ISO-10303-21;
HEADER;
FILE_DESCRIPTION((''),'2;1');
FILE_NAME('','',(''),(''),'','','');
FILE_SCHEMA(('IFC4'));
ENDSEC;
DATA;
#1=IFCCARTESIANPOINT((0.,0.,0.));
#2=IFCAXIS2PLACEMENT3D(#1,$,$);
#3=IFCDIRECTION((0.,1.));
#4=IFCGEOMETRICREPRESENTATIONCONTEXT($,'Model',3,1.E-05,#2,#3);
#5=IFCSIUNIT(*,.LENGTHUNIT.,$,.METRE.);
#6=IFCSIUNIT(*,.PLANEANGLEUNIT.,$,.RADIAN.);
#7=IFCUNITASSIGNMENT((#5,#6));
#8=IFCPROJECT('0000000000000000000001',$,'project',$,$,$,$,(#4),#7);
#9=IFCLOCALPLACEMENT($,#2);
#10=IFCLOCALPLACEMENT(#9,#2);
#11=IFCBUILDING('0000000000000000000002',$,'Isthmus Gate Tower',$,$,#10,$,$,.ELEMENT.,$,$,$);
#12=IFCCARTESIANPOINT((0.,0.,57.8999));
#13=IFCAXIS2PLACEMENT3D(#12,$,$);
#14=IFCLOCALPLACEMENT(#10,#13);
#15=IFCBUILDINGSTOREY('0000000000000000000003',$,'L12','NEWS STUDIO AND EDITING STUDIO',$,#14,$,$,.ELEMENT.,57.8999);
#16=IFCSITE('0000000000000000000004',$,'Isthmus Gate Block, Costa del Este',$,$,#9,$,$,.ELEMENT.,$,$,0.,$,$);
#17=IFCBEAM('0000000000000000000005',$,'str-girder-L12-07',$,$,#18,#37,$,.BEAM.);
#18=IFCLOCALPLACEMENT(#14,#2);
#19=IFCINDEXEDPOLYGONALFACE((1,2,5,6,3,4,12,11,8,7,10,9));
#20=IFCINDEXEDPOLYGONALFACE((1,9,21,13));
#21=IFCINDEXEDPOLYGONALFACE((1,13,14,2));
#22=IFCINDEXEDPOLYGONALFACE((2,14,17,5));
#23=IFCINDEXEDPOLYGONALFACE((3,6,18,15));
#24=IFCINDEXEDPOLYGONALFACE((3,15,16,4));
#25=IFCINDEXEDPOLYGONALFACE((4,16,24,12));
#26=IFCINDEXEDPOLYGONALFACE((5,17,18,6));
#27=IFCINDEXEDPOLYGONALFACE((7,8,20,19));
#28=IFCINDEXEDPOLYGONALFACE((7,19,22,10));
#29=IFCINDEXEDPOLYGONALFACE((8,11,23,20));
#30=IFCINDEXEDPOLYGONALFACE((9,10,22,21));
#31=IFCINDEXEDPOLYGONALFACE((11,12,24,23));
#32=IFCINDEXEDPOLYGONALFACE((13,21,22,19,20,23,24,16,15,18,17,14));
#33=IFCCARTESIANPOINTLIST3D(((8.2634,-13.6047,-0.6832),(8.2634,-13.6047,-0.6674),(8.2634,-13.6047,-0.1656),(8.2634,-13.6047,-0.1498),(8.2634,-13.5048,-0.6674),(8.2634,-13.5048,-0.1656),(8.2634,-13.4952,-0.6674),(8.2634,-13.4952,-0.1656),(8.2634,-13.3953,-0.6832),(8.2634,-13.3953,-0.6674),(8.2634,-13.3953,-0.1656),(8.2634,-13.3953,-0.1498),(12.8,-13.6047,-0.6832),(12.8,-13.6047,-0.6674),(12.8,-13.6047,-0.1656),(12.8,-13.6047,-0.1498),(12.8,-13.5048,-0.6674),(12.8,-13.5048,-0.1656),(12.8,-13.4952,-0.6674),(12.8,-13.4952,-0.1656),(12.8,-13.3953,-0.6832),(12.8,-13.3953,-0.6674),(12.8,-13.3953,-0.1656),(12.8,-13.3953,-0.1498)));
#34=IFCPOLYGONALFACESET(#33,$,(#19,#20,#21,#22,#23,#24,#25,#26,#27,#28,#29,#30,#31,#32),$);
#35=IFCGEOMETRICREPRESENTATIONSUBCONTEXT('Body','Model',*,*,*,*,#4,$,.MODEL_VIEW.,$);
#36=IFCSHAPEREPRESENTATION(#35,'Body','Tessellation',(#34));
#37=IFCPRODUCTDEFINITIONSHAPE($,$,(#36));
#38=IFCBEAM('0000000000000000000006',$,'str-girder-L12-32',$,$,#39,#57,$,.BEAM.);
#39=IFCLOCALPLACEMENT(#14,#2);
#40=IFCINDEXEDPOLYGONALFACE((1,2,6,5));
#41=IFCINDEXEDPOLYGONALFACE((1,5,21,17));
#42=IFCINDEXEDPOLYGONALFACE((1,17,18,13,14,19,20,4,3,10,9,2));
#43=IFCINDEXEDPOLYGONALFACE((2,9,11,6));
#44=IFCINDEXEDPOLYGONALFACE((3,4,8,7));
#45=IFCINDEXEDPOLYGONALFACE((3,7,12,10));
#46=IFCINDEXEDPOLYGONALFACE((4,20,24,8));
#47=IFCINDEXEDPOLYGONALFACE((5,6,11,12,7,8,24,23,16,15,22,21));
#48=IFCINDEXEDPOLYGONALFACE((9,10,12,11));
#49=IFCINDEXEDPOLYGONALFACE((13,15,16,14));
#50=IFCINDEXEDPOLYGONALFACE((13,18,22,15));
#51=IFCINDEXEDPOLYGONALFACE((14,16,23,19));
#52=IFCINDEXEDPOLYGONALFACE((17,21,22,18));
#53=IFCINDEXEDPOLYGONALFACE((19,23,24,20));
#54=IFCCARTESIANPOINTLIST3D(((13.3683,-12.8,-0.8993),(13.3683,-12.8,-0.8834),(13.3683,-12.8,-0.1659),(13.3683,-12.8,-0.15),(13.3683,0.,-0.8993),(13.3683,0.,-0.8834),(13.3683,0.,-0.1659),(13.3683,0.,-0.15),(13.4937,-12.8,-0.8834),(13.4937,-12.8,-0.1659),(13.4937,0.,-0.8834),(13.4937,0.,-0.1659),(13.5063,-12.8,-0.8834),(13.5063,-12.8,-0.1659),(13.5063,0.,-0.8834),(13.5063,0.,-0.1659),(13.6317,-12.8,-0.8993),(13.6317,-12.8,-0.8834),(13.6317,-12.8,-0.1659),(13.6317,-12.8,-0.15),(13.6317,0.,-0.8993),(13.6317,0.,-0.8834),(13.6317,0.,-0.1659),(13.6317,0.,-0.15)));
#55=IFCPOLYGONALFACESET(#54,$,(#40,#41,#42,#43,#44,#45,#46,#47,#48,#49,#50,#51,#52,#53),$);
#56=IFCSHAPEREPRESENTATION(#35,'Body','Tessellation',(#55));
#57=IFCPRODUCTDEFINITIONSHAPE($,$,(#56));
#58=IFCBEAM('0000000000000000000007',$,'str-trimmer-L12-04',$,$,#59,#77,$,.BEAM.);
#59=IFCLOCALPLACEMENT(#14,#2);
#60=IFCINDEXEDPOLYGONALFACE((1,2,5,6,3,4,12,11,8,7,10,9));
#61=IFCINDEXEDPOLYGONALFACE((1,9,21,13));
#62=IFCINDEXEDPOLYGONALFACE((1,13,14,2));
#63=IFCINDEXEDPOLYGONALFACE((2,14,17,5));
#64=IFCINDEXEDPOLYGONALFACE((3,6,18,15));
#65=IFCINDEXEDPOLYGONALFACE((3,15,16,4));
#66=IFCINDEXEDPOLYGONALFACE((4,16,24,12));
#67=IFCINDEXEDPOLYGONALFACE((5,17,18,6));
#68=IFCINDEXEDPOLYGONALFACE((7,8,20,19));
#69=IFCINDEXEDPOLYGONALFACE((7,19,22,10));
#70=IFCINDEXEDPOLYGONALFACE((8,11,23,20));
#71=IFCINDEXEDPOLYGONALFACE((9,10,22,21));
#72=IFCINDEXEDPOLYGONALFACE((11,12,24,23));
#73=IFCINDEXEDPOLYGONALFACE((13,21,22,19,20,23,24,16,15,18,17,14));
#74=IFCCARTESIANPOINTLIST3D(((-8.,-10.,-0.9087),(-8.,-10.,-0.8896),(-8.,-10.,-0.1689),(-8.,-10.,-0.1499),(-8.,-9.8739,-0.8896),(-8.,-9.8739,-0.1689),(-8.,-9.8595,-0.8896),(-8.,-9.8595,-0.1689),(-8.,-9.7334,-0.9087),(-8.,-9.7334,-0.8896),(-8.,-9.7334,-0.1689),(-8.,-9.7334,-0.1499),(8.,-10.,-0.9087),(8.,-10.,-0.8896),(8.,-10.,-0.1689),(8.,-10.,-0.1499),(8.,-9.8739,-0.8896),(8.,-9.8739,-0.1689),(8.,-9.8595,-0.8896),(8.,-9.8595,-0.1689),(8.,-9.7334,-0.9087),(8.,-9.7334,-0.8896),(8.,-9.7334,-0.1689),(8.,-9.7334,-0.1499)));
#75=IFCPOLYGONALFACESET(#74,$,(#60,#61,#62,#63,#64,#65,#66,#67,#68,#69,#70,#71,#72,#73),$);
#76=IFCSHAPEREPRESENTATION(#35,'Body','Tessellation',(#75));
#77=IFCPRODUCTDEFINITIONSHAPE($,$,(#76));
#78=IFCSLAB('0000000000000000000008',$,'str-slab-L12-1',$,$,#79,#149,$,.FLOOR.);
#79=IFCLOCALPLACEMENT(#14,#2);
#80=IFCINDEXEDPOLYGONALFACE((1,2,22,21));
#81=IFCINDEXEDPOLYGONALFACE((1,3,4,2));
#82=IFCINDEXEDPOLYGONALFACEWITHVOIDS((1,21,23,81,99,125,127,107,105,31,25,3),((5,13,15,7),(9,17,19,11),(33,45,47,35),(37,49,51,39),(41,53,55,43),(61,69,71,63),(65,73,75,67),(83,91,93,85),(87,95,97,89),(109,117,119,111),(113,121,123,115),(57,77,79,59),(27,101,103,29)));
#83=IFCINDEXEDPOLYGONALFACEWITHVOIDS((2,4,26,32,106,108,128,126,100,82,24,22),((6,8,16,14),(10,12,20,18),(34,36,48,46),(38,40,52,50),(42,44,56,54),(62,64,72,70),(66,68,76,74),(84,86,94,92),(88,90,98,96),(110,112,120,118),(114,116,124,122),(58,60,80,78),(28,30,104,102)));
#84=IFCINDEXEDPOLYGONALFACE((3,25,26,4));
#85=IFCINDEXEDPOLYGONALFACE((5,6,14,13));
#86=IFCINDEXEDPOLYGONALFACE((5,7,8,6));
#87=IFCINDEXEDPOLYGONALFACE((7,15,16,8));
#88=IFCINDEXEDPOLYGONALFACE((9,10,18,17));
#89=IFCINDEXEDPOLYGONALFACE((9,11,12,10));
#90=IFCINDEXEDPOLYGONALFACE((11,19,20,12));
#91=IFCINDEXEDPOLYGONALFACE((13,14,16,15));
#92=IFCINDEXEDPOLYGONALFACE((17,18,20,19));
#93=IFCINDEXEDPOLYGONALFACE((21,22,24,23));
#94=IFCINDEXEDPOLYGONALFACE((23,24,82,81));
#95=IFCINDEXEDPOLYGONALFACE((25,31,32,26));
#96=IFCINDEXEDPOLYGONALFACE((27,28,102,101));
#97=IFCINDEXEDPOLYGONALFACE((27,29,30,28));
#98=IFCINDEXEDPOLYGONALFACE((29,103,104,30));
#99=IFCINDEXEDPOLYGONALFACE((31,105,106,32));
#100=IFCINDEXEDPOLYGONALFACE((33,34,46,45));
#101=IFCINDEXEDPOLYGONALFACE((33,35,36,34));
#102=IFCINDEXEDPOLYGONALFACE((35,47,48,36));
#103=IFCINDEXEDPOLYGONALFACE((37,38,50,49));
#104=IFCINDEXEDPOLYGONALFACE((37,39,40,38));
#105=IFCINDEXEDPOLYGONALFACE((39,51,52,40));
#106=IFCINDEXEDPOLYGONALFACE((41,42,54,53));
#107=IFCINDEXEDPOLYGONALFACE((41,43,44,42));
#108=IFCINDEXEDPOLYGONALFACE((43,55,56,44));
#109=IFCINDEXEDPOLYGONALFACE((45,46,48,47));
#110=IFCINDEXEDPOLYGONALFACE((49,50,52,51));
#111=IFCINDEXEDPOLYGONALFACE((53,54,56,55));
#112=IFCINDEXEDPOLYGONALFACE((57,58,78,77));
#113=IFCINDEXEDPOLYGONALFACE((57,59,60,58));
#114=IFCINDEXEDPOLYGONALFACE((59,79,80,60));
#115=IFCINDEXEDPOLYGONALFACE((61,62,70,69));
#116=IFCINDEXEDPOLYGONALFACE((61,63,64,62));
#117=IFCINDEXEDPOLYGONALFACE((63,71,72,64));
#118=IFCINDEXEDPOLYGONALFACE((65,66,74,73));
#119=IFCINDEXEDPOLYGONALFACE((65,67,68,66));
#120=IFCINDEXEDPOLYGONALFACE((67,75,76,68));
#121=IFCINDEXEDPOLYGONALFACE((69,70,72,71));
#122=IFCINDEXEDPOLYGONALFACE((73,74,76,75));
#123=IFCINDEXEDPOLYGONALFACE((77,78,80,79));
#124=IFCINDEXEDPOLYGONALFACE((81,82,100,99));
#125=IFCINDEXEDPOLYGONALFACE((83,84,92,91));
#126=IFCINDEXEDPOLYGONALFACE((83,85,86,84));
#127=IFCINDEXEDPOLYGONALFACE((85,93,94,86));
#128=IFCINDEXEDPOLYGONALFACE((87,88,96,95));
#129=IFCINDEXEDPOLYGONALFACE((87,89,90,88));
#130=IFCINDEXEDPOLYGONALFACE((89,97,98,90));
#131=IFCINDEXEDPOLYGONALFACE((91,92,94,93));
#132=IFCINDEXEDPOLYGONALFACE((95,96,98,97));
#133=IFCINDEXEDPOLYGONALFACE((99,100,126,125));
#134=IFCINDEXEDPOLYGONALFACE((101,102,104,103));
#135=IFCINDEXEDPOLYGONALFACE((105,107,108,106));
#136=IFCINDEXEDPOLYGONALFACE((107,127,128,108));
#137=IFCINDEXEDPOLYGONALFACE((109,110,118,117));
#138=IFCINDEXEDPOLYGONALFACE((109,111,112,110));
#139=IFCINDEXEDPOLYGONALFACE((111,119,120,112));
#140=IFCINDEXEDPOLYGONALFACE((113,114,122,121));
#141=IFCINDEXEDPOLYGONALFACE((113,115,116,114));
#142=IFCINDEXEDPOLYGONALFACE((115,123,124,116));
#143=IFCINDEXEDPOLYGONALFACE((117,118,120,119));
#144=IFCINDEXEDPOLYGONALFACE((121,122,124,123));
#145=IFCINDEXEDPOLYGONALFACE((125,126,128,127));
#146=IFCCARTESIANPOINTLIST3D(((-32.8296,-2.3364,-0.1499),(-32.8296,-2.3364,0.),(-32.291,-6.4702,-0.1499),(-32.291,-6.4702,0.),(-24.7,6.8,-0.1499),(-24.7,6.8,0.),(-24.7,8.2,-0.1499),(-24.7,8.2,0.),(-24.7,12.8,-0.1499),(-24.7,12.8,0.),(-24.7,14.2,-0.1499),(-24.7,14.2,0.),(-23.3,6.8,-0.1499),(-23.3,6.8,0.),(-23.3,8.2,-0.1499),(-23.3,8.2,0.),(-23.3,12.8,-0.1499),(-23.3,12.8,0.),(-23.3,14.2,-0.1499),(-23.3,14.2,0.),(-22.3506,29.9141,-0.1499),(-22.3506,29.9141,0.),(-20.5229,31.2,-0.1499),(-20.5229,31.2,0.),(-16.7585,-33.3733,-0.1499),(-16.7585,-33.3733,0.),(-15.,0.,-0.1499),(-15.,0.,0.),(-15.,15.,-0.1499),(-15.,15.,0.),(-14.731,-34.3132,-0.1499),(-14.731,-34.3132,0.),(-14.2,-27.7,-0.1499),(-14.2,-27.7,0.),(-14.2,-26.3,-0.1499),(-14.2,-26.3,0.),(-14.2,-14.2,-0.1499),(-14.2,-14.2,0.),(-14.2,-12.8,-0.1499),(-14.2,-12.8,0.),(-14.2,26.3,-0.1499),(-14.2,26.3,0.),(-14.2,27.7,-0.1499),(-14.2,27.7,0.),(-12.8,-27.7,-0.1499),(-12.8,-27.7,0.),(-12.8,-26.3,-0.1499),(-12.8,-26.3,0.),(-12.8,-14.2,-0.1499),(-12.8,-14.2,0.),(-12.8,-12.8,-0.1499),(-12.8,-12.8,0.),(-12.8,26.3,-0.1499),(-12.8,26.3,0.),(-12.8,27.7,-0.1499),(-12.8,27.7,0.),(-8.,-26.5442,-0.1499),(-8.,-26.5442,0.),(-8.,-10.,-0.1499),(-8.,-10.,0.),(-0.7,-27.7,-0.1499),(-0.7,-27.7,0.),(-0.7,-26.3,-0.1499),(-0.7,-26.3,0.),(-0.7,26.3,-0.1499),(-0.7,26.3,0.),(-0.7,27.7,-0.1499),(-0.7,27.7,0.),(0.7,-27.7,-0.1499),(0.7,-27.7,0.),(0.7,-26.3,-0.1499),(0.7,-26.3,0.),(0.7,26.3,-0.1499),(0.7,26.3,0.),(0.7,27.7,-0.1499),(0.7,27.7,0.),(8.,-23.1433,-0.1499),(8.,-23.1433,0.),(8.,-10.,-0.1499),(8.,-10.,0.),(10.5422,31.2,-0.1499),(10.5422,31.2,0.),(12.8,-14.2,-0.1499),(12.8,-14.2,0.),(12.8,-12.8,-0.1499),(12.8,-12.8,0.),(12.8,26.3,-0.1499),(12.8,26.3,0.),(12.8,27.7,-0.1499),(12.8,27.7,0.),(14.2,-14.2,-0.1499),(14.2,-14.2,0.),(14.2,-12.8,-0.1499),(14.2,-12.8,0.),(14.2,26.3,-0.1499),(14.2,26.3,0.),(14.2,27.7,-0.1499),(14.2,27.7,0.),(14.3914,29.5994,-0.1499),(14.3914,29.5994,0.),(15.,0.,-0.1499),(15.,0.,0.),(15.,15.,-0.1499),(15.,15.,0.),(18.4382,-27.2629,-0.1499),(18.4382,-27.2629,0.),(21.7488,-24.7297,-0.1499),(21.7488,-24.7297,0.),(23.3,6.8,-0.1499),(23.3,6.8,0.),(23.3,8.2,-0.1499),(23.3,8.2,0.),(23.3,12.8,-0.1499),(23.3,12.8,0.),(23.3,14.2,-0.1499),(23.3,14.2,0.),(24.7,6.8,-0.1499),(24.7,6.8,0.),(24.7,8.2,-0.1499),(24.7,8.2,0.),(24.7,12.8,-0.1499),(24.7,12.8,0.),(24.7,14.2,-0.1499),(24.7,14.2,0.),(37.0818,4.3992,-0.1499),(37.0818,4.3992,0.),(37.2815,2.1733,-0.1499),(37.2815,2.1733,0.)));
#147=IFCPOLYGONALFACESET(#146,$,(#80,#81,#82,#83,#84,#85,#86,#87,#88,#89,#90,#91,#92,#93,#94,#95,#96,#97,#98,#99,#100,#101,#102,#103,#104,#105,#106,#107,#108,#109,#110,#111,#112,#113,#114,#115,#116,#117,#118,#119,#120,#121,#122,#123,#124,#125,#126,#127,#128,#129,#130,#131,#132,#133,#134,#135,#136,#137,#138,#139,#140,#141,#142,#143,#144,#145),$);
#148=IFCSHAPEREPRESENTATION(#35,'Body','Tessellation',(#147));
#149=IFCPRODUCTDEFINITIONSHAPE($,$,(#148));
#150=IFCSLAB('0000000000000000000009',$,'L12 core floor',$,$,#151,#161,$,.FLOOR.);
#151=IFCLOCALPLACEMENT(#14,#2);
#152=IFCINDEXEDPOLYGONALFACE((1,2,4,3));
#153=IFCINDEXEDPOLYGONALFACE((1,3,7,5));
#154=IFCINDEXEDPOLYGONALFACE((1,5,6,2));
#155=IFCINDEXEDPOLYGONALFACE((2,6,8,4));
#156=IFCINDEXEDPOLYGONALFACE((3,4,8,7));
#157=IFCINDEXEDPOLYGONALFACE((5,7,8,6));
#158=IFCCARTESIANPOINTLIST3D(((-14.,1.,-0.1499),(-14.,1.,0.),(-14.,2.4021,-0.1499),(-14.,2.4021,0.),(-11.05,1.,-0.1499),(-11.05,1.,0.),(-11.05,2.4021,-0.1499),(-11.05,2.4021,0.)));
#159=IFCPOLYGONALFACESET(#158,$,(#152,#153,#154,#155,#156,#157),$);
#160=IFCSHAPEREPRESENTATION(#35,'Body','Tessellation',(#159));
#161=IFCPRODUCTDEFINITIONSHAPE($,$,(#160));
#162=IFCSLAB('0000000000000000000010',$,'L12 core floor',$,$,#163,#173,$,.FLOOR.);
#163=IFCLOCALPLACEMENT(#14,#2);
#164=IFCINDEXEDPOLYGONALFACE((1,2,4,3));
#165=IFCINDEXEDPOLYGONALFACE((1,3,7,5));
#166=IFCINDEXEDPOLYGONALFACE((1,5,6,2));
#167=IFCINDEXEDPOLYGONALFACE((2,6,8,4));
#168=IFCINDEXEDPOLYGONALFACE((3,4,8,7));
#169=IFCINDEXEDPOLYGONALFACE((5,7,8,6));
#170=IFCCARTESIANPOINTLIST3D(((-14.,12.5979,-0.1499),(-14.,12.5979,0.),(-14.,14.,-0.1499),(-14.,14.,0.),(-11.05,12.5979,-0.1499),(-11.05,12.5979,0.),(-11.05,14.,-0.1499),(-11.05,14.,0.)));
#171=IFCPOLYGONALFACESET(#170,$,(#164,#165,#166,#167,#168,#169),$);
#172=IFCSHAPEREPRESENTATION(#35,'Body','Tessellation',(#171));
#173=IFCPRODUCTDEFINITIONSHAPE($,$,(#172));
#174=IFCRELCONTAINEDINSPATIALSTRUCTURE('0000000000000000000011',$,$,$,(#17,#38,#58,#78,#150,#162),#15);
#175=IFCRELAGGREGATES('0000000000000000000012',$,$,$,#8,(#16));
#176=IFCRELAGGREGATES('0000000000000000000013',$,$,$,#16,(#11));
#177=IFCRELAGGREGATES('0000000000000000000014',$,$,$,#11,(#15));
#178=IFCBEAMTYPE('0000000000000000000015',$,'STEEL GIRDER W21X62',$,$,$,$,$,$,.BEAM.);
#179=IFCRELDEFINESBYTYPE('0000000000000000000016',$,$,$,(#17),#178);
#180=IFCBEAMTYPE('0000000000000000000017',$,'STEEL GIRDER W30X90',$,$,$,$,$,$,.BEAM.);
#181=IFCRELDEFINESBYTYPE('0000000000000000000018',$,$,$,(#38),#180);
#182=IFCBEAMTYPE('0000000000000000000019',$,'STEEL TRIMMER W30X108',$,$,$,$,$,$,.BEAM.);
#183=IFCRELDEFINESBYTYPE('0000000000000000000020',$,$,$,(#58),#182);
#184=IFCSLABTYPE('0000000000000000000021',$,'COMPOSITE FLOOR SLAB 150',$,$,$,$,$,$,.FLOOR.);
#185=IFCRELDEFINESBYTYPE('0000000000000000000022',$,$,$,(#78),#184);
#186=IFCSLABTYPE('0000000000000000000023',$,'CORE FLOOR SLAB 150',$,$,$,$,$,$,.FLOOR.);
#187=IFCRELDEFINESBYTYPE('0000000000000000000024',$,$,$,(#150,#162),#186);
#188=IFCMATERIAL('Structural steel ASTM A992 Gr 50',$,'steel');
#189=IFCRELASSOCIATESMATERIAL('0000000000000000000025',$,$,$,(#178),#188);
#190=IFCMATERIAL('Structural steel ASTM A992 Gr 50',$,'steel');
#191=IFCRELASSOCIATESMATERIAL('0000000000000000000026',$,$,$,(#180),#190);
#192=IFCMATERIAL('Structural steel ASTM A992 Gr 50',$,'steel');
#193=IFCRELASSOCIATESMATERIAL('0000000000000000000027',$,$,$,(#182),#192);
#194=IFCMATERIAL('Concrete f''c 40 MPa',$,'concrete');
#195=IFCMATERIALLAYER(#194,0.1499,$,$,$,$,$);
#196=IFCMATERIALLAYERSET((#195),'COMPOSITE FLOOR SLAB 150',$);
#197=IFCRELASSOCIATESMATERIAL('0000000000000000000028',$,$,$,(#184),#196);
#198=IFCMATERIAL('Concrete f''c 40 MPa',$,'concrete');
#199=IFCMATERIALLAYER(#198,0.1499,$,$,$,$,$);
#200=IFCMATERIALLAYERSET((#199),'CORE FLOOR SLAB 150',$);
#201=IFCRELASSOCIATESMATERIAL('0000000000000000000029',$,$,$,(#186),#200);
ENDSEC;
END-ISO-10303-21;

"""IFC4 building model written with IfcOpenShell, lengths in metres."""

from ifc_helpers import new_model, si_unit, direction, frame, origin, origin_2d, place, context, subcontext, project, spatial, polyline, i_section, outline, extrude, material, layer, layer_set, material_profile, profile_set, type_object, element, save


model = new_model("IFC4")

# Units and contexts
model_context = context("Model", 3, precision=1e-05, world=origin(), true_north=direction((0.0, 1.0)))
body_context = subcontext(model_context, "Body", "Model", "MODEL_VIEW")
ifc_project = project(units=[si_unit("LENGTHUNIT", "METRE"), si_unit("PLANEANGLEUNIT", "RADIAN")], contexts=[model_context])

# Site, building, storey
site_placement = place(None, origin())
site = spatial("IfcSite", under=ifc_project, at=site_placement, Name="Isthmus Gate Block, Costa del Este", CompositionType="ELEMENT", RefElevation=0.0)
building_placement = place(site_placement, origin())
building = spatial("IfcBuilding", under=site, at=building_placement, Name="Isthmus Gate Tower", CompositionType="ELEMENT")
storey_placement = place(building_placement, frame((0.0, 0.0, 57.8999)))
storey = spatial("IfcBuildingStorey", under=building, at=storey_placement, Name="L12", Description="NEWS STUDIO AND EDITING STUDIO", CompositionType="ELEMENT", Elevation=57.8999)

# Beams
ifc_material_1 = material(Name="Structural steel ASTM A992 Gr 50", Category="steel")
ifc_material_profile_1 = material_profile(ifc_material_1, i_section(OverallWidth=0.2095, OverallDepth=0.5334, WebThickness=0.0095, FlangeThickness=0.0159, at=origin_2d()), Name="W21X62")
ifc_profile_set_1 = profile_set([ifc_material_profile_1], Name="Structural steel ASTM A992 Gr 50")
beam_type_1 = type_object("IfcBeamType", Name="STEEL GIRDER W21X62", PredefinedType="BEAM", material=ifc_profile_set_1)
beam_1_placement = place(storey_placement, frame((8.2634, -13.5, -0.4165), z_axis=(1.0, 0.0, 0.0), x_axis=(0.0, 1.0, 0.0)))
element("IfcBeam", 1, at=beam_1_placement, inside=storey, type_object=beam_type_1, Name="str-girder-L12-07", PredefinedType="BEAM", context=body_context, shape_type="SweptSolid", body=[
    extrude(i_section(OverallWidth=0.2095, OverallDepth=0.5334, WebThickness=0.0095, FlangeThickness=0.0159, at=origin_2d()), origin(), (0.0, 0.0, 1.0), 4.5366),
])
ifc_material_2 = material(Name="Structural steel ASTM A992 Gr 50", Category="steel")
ifc_material_profile_2 = material_profile(ifc_material_2, i_section(OverallWidth=0.2634, OverallDepth=0.7493, WebThickness=0.0127, FlangeThickness=0.0159, at=origin_2d()), Name="W30X90")
ifc_profile_set_2 = profile_set([ifc_material_profile_2], Name="Structural steel ASTM A992 Gr 50")
beam_type_2 = type_object("IfcBeamType", Name="STEEL GIRDER W30X90", PredefinedType="BEAM", material=ifc_profile_set_2)
beam_2_placement = place(storey_placement, frame((13.5, -12.8, -0.5247), z_axis=(0.0, 1.0, 0.0), x_axis=(-1.0, 0.0, 0.0)))
element("IfcBeam", 2, at=beam_2_placement, inside=storey, type_object=beam_type_2, Name="str-girder-L12-32", PredefinedType="BEAM", context=body_context, shape_type="SweptSolid", body=[
    extrude(i_section(OverallWidth=0.2634, OverallDepth=0.7493, WebThickness=0.0127, FlangeThickness=0.0159, at=origin_2d()), origin(), (0.0, 0.0, 1.0), 12.8),
])
ifc_material_3 = material(Name="Structural steel ASTM A992 Gr 50", Category="steel")
ifc_material_profile_3 = material_profile(ifc_material_3, i_section(OverallWidth=0.2666, OverallDepth=0.7588, WebThickness=0.0144, FlangeThickness=0.019, at=origin_2d()), Name="W30X108")
ifc_profile_set_3 = profile_set([ifc_material_profile_3], Name="Structural steel ASTM A992 Gr 50")
beam_type_3 = type_object("IfcBeamType", Name="STEEL TRIMMER W30X108", PredefinedType="BEAM", material=ifc_profile_set_3)
beam_3_placement = place(storey_placement, frame((8.0, -9.8667, -0.5293), z_axis=(-1.0, 0.0, 0.0), x_axis=(0.0, -1.0, 0.0)))
element("IfcBeam", 3, at=beam_3_placement, inside=storey, type_object=beam_type_3, Name="str-trimmer-L12-04", PredefinedType="BEAM", context=body_context, shape_type="SweptSolid", body=[
    extrude(i_section(OverallWidth=0.2666, OverallDepth=0.7588, WebThickness=0.0144, FlangeThickness=0.019, at=origin_2d()), origin(), (0.0, 0.0, 1.0), 16.0),
])

# Slabs
ifc_material_4 = material(Name="Concrete f'c 40 MPa", Category="concrete")
ifc_layer_1 = layer(ifc_material_4, 0.1499)
ifc_layer_set_1 = layer_set([ifc_layer_1], Name="COMPOSITE FLOOR SLAB 150")
slab_type_1 = type_object("IfcSlabType", Name="COMPOSITE FLOOR SLAB 150", PredefinedType="FLOOR", material=ifc_layer_set_1)
slab_1_placement = place(storey_placement, frame((0.0, 0.0, -0.1499)))
element("IfcSlab", 4, at=slab_1_placement, inside=storey, type_object=slab_type_1, Name="str-slab-L12-1", PredefinedType="FLOOR", context=body_context, shape_type="SweptSolid", body=[
    extrude(outline(polyline([(14.3914, 29.5994), (37.0818, 4.3992), (37.2815, 2.1733), (21.7488, -24.7297), (18.4382, -27.2629), (-14.731, -34.3132), (-16.7585, -33.3733), (-32.291, -6.4702), (-32.8296, -2.3364), (-22.3506, 29.9141), (-20.5229, 31.2), (10.5422, 31.2), (14.3914, 29.5994)]), holes=[polyline([(-14.2, -27.7), (-12.8, -27.7), (-12.8, -26.3), (-14.2, -26.3), (-14.2, -27.7)]), polyline([(-0.7, -26.3), (-0.7, -27.7), (0.7, -27.7), (0.7, -26.3), (-0.7, -26.3)]), polyline([(-14.2, -12.8), (-14.2, -14.2), (-12.8, -14.2), (-12.8, -12.8), (-14.2, -12.8)]), polyline([(-24.7, 8.2), (-24.7, 6.8), (-23.3, 6.8), (-23.3, 8.2), (-24.7, 8.2)]), polyline([(-23.3, 14.2), (-24.7, 14.2), (-24.7, 12.8), (-23.3, 12.8), (-23.3, 14.2)]), polyline([(-14.2, 27.7), (-14.2, 26.3), (-12.8, 26.3), (-12.8, 27.7), (-14.2, 27.7)]), polyline([(-0.7, 27.7), (-0.7, 26.3), (0.7, 26.3), (0.7, 27.7), (-0.7, 27.7)]), polyline([(8.0, -23.1433), (8.0, -10.0), (-8.0, -10.0), (-8.0, -26.5442), (8.0, -23.1433)]), polyline([(14.2, -12.8), (12.8, -12.8), (12.8, -14.2), (14.2, -14.2), (14.2, -12.8)]), polyline([(15.0, 15.0), (-15.0, 15.0), (-15.0, 0.0), (15.0, 0.0), (15.0, 15.0)]), polyline([(24.7, 8.2), (23.3, 8.2), (23.3, 6.8), (24.7, 6.8), (24.7, 8.2)]), polyline([(23.3, 14.2), (23.3, 12.8), (24.7, 12.8), (24.7, 14.2), (23.3, 14.2)]), polyline([(14.2, 27.7), (12.8, 27.7), (12.8, 26.3), (14.2, 26.3), (14.2, 27.7)])]), origin(), (0.0, 0.0, 1.0), 0.1499),
])
ifc_material_5 = material(Name="Concrete f'c 40 MPa", Category="concrete")
ifc_layer_2 = layer(ifc_material_5, 0.1499)
ifc_layer_set_2 = layer_set([ifc_layer_2], Name="CORE FLOOR SLAB 150")
slab_type_2 = type_object("IfcSlabType", Name="CORE FLOOR SLAB 150", PredefinedType="FLOOR", material=ifc_layer_set_2)
slab_2_placement = place(storey_placement, frame((0.0, 0.0, -0.1499)))
element("IfcSlab", 5, at=slab_2_placement, inside=storey, type_object=slab_type_2, Name="L12 core floor", PredefinedType="FLOOR", context=body_context, shape_type="SweptSolid", body=[
    extrude(outline(polyline([(-11.05, 1.0), (-11.05, 2.4021), (-14.0, 2.4021), (-14.0, 1.0), (-11.05, 1.0)])), origin(), (0.0, 0.0, 1.0), 0.1499),
])
slab_3_placement = place(storey_placement, frame((0.0, 0.0, -0.1499)))
element("IfcSlab", 6, at=slab_3_placement, inside=storey, type_object=slab_type_2, Name="L12 core floor", PredefinedType="FLOOR", context=body_context, shape_type="SweptSolid", body=[
    extrude(outline(polyline([(-14.0, 14.0), (-14.0, 12.5979), (-11.05, 12.5979), (-11.05, 14.0), (-14.0, 14.0)])), origin(), (0.0, 0.0, 1.0), 0.1499),
])

save(model, "model.ifc")
